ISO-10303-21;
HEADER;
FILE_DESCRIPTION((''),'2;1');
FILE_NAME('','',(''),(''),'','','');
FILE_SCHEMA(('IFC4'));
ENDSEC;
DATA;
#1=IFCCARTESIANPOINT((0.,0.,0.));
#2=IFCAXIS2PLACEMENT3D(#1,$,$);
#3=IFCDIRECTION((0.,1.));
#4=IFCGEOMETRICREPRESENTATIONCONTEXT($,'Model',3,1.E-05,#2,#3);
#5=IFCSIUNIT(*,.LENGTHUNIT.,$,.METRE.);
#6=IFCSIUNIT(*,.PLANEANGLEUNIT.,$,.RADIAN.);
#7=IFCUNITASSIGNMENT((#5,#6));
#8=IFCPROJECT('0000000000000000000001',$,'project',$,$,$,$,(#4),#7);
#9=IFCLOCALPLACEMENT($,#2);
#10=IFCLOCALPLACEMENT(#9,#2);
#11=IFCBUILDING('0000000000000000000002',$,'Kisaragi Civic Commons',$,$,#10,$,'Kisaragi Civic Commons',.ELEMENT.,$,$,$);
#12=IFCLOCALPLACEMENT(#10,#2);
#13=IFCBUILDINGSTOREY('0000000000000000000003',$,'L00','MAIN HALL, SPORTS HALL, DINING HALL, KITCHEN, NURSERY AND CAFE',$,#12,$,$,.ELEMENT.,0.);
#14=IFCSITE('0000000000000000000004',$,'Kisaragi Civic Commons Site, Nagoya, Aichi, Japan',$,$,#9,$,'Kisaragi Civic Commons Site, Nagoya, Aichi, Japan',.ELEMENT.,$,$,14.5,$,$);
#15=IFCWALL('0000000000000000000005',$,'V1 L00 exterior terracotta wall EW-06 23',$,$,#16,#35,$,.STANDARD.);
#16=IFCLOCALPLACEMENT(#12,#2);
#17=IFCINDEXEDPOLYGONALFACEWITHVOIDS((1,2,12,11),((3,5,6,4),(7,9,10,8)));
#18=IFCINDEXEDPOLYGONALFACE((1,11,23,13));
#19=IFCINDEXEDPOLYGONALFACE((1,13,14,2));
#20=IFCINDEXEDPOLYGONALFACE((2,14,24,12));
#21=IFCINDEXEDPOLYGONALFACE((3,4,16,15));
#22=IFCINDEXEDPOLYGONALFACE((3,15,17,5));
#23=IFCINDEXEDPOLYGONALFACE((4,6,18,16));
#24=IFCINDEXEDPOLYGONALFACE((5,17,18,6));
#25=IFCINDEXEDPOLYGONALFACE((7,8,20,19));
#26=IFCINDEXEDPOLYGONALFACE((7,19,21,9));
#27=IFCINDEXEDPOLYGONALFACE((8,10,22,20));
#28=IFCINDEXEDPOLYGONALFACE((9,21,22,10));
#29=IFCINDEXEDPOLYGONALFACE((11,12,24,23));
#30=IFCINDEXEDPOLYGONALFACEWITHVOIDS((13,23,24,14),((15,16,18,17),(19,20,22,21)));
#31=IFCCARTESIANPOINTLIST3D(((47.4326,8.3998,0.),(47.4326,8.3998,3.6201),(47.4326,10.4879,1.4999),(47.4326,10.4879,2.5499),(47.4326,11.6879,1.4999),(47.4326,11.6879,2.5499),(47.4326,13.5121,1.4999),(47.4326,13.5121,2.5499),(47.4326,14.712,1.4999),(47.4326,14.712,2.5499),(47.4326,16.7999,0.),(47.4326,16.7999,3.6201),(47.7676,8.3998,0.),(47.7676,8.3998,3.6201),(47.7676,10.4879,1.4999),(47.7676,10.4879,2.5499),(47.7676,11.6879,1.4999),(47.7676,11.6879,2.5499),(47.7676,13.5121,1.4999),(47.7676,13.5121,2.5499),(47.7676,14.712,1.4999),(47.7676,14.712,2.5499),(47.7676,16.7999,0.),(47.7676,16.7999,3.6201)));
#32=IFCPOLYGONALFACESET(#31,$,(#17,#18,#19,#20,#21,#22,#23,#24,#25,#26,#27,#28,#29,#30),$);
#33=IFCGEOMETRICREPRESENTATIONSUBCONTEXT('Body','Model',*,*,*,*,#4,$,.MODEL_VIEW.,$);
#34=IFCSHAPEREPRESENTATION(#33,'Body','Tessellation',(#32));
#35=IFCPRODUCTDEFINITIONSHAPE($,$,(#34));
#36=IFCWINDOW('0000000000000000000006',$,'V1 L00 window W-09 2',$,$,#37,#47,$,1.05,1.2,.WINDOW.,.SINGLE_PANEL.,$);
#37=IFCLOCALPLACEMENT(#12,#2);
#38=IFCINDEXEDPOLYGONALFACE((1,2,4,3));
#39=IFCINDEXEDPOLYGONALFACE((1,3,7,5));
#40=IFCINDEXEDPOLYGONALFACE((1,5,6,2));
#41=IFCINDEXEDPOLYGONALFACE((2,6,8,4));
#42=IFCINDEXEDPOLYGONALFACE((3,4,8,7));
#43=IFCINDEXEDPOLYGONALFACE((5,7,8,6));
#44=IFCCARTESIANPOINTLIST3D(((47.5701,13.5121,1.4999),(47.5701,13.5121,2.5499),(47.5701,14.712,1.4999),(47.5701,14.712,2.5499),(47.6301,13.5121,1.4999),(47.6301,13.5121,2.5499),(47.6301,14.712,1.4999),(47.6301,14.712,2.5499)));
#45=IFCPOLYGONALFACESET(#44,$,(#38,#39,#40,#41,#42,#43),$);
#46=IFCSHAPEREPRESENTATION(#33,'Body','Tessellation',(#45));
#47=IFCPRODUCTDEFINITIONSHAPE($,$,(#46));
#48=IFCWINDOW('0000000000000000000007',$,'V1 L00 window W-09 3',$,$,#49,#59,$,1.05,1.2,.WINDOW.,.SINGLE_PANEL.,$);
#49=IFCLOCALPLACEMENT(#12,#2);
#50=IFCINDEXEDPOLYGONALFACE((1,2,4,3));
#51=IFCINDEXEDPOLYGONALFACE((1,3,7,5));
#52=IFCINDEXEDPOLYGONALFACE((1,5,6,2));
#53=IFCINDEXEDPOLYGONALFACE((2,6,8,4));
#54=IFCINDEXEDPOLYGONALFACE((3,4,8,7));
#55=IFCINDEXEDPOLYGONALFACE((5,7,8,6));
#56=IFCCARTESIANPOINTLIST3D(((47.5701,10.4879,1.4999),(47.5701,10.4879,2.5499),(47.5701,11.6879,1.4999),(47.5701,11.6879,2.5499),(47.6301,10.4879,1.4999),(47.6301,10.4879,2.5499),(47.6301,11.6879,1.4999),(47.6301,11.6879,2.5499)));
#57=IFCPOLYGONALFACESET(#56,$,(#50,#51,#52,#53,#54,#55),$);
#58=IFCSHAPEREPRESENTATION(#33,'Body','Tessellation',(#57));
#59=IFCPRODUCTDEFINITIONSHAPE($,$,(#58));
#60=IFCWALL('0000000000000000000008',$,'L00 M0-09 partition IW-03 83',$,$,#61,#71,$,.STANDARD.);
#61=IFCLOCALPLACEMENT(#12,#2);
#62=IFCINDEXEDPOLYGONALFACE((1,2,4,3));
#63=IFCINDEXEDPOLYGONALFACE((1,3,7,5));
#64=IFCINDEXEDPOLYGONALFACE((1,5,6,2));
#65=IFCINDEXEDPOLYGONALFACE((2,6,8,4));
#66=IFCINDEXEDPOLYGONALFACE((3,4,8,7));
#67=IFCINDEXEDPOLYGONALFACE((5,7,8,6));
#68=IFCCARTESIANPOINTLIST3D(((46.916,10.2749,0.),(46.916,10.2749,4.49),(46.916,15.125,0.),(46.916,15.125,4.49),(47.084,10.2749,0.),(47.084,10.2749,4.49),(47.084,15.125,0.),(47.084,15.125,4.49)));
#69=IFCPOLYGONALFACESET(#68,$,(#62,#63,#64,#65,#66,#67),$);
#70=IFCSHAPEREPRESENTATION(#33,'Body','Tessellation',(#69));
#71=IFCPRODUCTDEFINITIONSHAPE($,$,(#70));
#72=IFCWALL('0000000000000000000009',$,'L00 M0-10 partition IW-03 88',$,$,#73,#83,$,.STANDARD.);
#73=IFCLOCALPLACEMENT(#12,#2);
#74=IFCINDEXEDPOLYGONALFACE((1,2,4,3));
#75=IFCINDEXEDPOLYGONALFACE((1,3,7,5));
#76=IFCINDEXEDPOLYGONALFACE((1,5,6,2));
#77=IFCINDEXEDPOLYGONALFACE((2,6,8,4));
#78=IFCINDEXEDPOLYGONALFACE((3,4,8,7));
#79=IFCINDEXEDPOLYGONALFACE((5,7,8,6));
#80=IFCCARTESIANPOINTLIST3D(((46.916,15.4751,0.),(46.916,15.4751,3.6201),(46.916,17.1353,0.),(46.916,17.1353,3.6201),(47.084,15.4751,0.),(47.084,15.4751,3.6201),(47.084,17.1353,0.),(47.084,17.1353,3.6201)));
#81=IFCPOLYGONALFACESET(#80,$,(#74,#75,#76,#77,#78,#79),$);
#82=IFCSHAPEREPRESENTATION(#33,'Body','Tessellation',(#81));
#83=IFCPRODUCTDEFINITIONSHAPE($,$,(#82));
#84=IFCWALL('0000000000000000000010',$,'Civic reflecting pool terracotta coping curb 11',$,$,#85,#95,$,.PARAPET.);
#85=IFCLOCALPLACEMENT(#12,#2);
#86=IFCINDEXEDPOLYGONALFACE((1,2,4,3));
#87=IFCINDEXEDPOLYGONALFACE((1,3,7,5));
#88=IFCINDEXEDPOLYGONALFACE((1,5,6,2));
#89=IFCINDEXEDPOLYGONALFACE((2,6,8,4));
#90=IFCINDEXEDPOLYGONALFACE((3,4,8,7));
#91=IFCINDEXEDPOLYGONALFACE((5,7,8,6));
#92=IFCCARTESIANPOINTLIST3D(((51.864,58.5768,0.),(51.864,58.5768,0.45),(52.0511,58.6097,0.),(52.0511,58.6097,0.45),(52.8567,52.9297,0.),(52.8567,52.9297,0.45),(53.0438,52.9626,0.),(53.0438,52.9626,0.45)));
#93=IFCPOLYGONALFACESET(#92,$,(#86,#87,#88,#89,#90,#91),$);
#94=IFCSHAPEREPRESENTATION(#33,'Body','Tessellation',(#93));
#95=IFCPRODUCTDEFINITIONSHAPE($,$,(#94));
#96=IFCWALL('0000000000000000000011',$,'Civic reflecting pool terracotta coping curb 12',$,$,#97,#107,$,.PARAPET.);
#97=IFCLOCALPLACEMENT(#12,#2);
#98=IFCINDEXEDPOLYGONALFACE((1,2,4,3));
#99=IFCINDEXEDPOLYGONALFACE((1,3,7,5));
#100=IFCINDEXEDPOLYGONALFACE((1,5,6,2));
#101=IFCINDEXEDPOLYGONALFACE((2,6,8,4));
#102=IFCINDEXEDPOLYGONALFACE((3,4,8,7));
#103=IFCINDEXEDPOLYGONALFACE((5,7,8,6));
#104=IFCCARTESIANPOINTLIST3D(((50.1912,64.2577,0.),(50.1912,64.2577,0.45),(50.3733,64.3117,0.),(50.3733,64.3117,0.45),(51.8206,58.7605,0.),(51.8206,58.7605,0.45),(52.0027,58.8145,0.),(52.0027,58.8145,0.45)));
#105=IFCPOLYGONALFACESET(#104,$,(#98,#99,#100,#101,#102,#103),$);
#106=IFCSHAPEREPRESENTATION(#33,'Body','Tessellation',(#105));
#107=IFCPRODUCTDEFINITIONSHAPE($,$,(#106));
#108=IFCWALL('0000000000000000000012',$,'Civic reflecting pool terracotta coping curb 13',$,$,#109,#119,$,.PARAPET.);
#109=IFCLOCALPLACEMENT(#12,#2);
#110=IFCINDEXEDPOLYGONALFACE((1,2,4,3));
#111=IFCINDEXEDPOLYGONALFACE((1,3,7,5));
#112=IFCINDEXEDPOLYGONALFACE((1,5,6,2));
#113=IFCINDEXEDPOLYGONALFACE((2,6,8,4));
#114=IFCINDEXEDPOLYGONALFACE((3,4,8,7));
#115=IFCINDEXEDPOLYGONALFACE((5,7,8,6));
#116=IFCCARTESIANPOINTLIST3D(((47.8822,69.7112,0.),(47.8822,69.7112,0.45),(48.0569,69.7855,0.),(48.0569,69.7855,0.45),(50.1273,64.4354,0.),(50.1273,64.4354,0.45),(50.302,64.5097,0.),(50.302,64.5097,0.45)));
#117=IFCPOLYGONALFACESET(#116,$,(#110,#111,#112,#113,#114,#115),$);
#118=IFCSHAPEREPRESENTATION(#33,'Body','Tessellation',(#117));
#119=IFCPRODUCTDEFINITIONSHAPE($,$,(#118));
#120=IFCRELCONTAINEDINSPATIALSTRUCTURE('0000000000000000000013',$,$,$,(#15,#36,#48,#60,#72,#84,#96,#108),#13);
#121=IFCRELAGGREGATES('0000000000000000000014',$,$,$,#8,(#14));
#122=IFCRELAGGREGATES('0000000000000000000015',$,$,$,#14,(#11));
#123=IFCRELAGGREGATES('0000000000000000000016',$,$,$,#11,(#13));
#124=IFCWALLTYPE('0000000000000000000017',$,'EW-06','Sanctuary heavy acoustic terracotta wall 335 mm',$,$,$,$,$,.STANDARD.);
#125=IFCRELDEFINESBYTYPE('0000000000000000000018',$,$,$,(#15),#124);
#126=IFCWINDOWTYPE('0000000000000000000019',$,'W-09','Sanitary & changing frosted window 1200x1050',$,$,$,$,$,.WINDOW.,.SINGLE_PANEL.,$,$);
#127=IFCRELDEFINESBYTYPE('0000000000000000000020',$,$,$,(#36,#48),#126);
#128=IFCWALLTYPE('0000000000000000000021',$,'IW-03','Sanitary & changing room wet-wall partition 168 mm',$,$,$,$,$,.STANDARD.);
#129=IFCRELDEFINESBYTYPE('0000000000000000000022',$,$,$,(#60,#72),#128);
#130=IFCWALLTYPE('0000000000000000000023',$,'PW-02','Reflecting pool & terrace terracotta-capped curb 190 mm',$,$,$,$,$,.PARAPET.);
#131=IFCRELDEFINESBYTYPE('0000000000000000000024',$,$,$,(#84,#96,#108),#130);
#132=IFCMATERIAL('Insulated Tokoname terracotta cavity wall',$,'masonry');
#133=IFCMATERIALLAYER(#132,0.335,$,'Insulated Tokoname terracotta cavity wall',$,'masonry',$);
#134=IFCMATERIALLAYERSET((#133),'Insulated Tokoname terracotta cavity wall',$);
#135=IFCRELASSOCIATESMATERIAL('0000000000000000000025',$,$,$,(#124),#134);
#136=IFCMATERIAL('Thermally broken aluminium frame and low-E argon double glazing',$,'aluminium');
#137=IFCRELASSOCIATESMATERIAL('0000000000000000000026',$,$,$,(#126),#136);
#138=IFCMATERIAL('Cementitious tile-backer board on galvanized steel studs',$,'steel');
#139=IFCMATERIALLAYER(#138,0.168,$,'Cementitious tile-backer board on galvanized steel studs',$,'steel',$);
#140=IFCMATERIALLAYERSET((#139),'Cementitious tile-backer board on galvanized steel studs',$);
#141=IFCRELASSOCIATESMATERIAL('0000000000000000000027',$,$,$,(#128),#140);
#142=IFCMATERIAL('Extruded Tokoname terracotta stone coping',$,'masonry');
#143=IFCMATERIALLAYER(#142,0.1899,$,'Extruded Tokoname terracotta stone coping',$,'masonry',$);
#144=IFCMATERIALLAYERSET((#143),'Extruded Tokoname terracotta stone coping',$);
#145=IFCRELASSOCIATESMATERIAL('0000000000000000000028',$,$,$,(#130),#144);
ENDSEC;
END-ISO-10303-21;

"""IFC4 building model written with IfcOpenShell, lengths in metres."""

from ifc_helpers import new_model, si_unit, direction, frame, frame_2d, origin, place, context, subcontext, project, spatial, rectangle, extrude, material, layer, layer_set, type_object, element, fill, save


model = new_model("IFC4")

# Units and contexts
model_context = context("Model", 3, precision=1e-05, world=origin(), true_north=direction((0.0, 1.0)))
body_context = subcontext(model_context, "Body", "Model", "MODEL_VIEW")
ifc_project = project(units=[si_unit("LENGTHUNIT", "METRE"), si_unit("PLANEANGLEUNIT", "RADIAN")], contexts=[model_context])

# Site, building, storey
site_placement = place(None, origin())
site = spatial("IfcSite", under=ifc_project, at=site_placement, Name="Kisaragi Civic Commons Site, Nagoya, Aichi, Japan", LongName="Kisaragi Civic Commons Site, Nagoya, Aichi, Japan", CompositionType="ELEMENT", RefElevation=14.5)
building_placement = place(site_placement, origin())
building = spatial("IfcBuilding", under=site, at=building_placement, Name="Kisaragi Civic Commons", LongName="Kisaragi Civic Commons", CompositionType="ELEMENT")
storey_placement = place(building_placement, origin())
storey = spatial("IfcBuildingStorey", under=building, at=storey_placement, Name="L00", Description="MAIN HALL, SPORTS HALL, DINING HALL, KITCHEN, NURSERY AND CAFE", CompositionType="ELEMENT", Elevation=0.0)

# Shared definitions
ifc_material_1 = material(Name="Insulated Tokoname terracotta cavity wall", Category="masonry")

# Wall, openings, windows
ifc_layer_1 = layer(ifc_material_1, 0.335, Name="Insulated Tokoname terracotta cavity wall", Category="masonry")
ifc_layer_set_1 = layer_set([ifc_layer_1], Name="Insulated Tokoname terracotta cavity wall")
wall_type_1 = type_object("IfcWallType", Name="EW-06", Description="Sanctuary heavy acoustic terracotta wall 335 mm", PredefinedType="STANDARD", material=ifc_layer_set_1)
wall_1_placement = place(storey_placement, frame((47.6001, 16.8, 0.0), z_axis=(0.0, 0.0, 1.0), x_axis=(0.0, -1.0, 0.0)))
wall_1 = element("IfcWall", 1, at=wall_1_placement, inside=storey, type_object=wall_type_1, Name="V1 L00 exterior terracotta wall EW-06 23", PredefinedType="STANDARD", context=body_context, shape_type="SweptSolid", body=[
    extrude(rectangle(XDim=8.4001, YDim=0.335, at=frame_2d((4.2002, 0.0))), origin(), (0.0, 0.0, 1.0), 3.6201),
])
opening_1_placement = place(wall_1_placement, frame((2.0879, 0.0, 1.5)))
opening_1 = element("IfcOpeningElement", 2, at=opening_1_placement, cuts=wall_1, PredefinedType="OPENING", context=body_context, shape_type="SweptSolid", body=[
    extrude(rectangle(XDim=1.2, YDim=1.05, at=frame_2d((0.6001, 0.5249))), frame((0.0, 0.1775, 0.0), z_axis=(0.0, -1.0, 0.0), x_axis=(1.0, 0.0, 0.0)), (0.0, 0.0, 1.0), 0.355),
])
opening_2_placement = place(wall_1_placement, frame((5.1121, 0.0, 1.5)))
opening_2 = element("IfcOpeningElement", 3, at=opening_2_placement, cuts=wall_1, PredefinedType="OPENING", context=body_context, shape_type="SweptSolid", body=[
    extrude(rectangle(XDim=1.2, YDim=1.05, at=frame_2d((0.6001, 0.5249))), frame((0.0, 0.1775, 0.0), z_axis=(0.0, -1.0, 0.0), x_axis=(1.0, 0.0, 0.0)), (0.0, 0.0, 1.0), 0.355),
])
ifc_material_2 = material(Name="Thermally broken aluminium frame and low-E argon double glazing", Category="aluminium")
window_type = type_object("IfcWindowType", Name="W-09", Description="Sanitary & changing frosted window 1200x1050", PartitioningType="SINGLE_PANEL", PredefinedType="WINDOW", material=ifc_material_2)
window_1_placement = place(opening_1_placement, origin())
window_1 = element("IfcWindow", 4, at=window_1_placement, inside=storey, type_object=window_type, Name="V1 L00 window W-09 2", OverallHeight=1.05, OverallWidth=1.2, PartitioningType="SINGLE_PANEL", PredefinedType="WINDOW", context=body_context, shape_type="SweptSolid", body=[
    extrude(rectangle(XDim=1.2, YDim=1.05, at=frame_2d((0.6001, 0.5249))), frame((0.0, 0.03, 0.0), z_axis=(0.0, -1.0, 0.0), x_axis=(1.0, 0.0, 0.0)), (0.0, 0.0, 1.0), 0.0601),
])
fill(opening_1, window_1)
window_2_placement = place(opening_2_placement, origin())
window_2 = element("IfcWindow", 5, at=window_2_placement, inside=storey, type_object=window_type, Name="V1 L00 window W-09 3", OverallHeight=1.05, OverallWidth=1.2, PartitioningType="SINGLE_PANEL", PredefinedType="WINDOW", context=body_context, shape_type="SweptSolid", body=[
    extrude(rectangle(XDim=1.2, YDim=1.05, at=frame_2d((0.6001, 0.5249))), frame((0.0, 0.03, 0.0), z_axis=(0.0, -1.0, 0.0), x_axis=(1.0, 0.0, 0.0)), (0.0, 0.0, 1.0), 0.0601),
])
fill(opening_2, window_2)

# Walls
ifc_material_3 = material(Name="Cementitious tile-backer board on galvanized steel studs", Category="steel")
ifc_layer_2 = layer(ifc_material_3, 0.168, Name="Cementitious tile-backer board on galvanized steel studs", Category="steel")
ifc_layer_set_2 = layer_set([ifc_layer_2], Name="Cementitious tile-backer board on galvanized steel studs")
wall_type_2 = type_object("IfcWallType", Name="IW-03", Description="Sanitary & changing room wet-wall partition 168 mm", PredefinedType="STANDARD", material=ifc_layer_set_2)
wall_2_placement = place(storey_placement, frame((47.0, 15.125, 0.0), z_axis=(0.0, 0.0, 1.0), x_axis=(0.0, -1.0, 0.0)))
element("IfcWall", 6, at=wall_2_placement, inside=storey, type_object=wall_type_2, Name="L00 M0-09 partition IW-03 83", PredefinedType="STANDARD", context=body_context, shape_type="SweptSolid", body=[
    extrude(rectangle(XDim=4.8501, YDim=0.168, at=frame_2d((2.425, 0.0))), origin(), (0.0, 0.0, 1.0), 4.49),
])
wall_3_placement = place(storey_placement, frame((47.0, 17.1353, 0.0), z_axis=(0.0, 0.0, 1.0), x_axis=(0.0, -1.0, 0.0)))
element("IfcWall", 7, at=wall_3_placement, inside=storey, type_object=wall_type_2, Name="L00 M0-10 partition IW-03 88", PredefinedType="STANDARD", context=body_context, shape_type="SweptSolid", body=[
    extrude(rectangle(XDim=1.6602, YDim=0.168, at=frame_2d((0.8301, 0.0))), origin(), (0.0, 0.0, 1.0), 3.6201),
])
ifc_material_4 = material(Name="Extruded Tokoname terracotta stone coping", Category="masonry")
ifc_layer_3 = layer(ifc_material_4, 0.1899, Name="Extruded Tokoname terracotta stone coping", Category="masonry")
ifc_layer_set_3 = layer_set([ifc_layer_3], Name="Extruded Tokoname terracotta stone coping")
wall_type_3 = type_object("IfcWallType", Name="PW-02", Description="Reflecting pool & terrace terracotta-capped curb 190 mm", PredefinedType="PARAPET", material=ifc_layer_set_3)
for number, where, z_axis, x_axis, name in (
    (8, (52.9502, 52.9463, 0.0), (0.0, 0.0, 1.0), (-0.173134, 0.984898, 0.0), "Civic reflecting pool terracotta coping curb 11"),
    (9, (51.9116, 58.7876, 0.0), (0.0, 0.0, 1.0), (-0.284178, 0.958771, 0.0), "Civic reflecting pool terracotta coping curb 12"),
    (10, (50.2146, 64.4727, 0.0), (0.0, 0.0, 1.0), (-0.391564, 0.920151, 0.0), "Civic reflecting pool terracotta coping curb 13"),
):
    element("IfcWall", number, at=place(storey_placement, frame(where, z_axis=z_axis, x_axis=x_axis)), inside=storey, type_object=wall_type_3, Name=name, PredefinedType="PARAPET", context=body_context, shape_type="SweptSolid", body=[
        extrude(rectangle(XDim=5.7336, YDim=0.1899, at=frame_2d((2.8667, 0.0))), origin(), (0.0, 0.0, 1.0), 0.45),
    ])

save(model, "model.ifc")
